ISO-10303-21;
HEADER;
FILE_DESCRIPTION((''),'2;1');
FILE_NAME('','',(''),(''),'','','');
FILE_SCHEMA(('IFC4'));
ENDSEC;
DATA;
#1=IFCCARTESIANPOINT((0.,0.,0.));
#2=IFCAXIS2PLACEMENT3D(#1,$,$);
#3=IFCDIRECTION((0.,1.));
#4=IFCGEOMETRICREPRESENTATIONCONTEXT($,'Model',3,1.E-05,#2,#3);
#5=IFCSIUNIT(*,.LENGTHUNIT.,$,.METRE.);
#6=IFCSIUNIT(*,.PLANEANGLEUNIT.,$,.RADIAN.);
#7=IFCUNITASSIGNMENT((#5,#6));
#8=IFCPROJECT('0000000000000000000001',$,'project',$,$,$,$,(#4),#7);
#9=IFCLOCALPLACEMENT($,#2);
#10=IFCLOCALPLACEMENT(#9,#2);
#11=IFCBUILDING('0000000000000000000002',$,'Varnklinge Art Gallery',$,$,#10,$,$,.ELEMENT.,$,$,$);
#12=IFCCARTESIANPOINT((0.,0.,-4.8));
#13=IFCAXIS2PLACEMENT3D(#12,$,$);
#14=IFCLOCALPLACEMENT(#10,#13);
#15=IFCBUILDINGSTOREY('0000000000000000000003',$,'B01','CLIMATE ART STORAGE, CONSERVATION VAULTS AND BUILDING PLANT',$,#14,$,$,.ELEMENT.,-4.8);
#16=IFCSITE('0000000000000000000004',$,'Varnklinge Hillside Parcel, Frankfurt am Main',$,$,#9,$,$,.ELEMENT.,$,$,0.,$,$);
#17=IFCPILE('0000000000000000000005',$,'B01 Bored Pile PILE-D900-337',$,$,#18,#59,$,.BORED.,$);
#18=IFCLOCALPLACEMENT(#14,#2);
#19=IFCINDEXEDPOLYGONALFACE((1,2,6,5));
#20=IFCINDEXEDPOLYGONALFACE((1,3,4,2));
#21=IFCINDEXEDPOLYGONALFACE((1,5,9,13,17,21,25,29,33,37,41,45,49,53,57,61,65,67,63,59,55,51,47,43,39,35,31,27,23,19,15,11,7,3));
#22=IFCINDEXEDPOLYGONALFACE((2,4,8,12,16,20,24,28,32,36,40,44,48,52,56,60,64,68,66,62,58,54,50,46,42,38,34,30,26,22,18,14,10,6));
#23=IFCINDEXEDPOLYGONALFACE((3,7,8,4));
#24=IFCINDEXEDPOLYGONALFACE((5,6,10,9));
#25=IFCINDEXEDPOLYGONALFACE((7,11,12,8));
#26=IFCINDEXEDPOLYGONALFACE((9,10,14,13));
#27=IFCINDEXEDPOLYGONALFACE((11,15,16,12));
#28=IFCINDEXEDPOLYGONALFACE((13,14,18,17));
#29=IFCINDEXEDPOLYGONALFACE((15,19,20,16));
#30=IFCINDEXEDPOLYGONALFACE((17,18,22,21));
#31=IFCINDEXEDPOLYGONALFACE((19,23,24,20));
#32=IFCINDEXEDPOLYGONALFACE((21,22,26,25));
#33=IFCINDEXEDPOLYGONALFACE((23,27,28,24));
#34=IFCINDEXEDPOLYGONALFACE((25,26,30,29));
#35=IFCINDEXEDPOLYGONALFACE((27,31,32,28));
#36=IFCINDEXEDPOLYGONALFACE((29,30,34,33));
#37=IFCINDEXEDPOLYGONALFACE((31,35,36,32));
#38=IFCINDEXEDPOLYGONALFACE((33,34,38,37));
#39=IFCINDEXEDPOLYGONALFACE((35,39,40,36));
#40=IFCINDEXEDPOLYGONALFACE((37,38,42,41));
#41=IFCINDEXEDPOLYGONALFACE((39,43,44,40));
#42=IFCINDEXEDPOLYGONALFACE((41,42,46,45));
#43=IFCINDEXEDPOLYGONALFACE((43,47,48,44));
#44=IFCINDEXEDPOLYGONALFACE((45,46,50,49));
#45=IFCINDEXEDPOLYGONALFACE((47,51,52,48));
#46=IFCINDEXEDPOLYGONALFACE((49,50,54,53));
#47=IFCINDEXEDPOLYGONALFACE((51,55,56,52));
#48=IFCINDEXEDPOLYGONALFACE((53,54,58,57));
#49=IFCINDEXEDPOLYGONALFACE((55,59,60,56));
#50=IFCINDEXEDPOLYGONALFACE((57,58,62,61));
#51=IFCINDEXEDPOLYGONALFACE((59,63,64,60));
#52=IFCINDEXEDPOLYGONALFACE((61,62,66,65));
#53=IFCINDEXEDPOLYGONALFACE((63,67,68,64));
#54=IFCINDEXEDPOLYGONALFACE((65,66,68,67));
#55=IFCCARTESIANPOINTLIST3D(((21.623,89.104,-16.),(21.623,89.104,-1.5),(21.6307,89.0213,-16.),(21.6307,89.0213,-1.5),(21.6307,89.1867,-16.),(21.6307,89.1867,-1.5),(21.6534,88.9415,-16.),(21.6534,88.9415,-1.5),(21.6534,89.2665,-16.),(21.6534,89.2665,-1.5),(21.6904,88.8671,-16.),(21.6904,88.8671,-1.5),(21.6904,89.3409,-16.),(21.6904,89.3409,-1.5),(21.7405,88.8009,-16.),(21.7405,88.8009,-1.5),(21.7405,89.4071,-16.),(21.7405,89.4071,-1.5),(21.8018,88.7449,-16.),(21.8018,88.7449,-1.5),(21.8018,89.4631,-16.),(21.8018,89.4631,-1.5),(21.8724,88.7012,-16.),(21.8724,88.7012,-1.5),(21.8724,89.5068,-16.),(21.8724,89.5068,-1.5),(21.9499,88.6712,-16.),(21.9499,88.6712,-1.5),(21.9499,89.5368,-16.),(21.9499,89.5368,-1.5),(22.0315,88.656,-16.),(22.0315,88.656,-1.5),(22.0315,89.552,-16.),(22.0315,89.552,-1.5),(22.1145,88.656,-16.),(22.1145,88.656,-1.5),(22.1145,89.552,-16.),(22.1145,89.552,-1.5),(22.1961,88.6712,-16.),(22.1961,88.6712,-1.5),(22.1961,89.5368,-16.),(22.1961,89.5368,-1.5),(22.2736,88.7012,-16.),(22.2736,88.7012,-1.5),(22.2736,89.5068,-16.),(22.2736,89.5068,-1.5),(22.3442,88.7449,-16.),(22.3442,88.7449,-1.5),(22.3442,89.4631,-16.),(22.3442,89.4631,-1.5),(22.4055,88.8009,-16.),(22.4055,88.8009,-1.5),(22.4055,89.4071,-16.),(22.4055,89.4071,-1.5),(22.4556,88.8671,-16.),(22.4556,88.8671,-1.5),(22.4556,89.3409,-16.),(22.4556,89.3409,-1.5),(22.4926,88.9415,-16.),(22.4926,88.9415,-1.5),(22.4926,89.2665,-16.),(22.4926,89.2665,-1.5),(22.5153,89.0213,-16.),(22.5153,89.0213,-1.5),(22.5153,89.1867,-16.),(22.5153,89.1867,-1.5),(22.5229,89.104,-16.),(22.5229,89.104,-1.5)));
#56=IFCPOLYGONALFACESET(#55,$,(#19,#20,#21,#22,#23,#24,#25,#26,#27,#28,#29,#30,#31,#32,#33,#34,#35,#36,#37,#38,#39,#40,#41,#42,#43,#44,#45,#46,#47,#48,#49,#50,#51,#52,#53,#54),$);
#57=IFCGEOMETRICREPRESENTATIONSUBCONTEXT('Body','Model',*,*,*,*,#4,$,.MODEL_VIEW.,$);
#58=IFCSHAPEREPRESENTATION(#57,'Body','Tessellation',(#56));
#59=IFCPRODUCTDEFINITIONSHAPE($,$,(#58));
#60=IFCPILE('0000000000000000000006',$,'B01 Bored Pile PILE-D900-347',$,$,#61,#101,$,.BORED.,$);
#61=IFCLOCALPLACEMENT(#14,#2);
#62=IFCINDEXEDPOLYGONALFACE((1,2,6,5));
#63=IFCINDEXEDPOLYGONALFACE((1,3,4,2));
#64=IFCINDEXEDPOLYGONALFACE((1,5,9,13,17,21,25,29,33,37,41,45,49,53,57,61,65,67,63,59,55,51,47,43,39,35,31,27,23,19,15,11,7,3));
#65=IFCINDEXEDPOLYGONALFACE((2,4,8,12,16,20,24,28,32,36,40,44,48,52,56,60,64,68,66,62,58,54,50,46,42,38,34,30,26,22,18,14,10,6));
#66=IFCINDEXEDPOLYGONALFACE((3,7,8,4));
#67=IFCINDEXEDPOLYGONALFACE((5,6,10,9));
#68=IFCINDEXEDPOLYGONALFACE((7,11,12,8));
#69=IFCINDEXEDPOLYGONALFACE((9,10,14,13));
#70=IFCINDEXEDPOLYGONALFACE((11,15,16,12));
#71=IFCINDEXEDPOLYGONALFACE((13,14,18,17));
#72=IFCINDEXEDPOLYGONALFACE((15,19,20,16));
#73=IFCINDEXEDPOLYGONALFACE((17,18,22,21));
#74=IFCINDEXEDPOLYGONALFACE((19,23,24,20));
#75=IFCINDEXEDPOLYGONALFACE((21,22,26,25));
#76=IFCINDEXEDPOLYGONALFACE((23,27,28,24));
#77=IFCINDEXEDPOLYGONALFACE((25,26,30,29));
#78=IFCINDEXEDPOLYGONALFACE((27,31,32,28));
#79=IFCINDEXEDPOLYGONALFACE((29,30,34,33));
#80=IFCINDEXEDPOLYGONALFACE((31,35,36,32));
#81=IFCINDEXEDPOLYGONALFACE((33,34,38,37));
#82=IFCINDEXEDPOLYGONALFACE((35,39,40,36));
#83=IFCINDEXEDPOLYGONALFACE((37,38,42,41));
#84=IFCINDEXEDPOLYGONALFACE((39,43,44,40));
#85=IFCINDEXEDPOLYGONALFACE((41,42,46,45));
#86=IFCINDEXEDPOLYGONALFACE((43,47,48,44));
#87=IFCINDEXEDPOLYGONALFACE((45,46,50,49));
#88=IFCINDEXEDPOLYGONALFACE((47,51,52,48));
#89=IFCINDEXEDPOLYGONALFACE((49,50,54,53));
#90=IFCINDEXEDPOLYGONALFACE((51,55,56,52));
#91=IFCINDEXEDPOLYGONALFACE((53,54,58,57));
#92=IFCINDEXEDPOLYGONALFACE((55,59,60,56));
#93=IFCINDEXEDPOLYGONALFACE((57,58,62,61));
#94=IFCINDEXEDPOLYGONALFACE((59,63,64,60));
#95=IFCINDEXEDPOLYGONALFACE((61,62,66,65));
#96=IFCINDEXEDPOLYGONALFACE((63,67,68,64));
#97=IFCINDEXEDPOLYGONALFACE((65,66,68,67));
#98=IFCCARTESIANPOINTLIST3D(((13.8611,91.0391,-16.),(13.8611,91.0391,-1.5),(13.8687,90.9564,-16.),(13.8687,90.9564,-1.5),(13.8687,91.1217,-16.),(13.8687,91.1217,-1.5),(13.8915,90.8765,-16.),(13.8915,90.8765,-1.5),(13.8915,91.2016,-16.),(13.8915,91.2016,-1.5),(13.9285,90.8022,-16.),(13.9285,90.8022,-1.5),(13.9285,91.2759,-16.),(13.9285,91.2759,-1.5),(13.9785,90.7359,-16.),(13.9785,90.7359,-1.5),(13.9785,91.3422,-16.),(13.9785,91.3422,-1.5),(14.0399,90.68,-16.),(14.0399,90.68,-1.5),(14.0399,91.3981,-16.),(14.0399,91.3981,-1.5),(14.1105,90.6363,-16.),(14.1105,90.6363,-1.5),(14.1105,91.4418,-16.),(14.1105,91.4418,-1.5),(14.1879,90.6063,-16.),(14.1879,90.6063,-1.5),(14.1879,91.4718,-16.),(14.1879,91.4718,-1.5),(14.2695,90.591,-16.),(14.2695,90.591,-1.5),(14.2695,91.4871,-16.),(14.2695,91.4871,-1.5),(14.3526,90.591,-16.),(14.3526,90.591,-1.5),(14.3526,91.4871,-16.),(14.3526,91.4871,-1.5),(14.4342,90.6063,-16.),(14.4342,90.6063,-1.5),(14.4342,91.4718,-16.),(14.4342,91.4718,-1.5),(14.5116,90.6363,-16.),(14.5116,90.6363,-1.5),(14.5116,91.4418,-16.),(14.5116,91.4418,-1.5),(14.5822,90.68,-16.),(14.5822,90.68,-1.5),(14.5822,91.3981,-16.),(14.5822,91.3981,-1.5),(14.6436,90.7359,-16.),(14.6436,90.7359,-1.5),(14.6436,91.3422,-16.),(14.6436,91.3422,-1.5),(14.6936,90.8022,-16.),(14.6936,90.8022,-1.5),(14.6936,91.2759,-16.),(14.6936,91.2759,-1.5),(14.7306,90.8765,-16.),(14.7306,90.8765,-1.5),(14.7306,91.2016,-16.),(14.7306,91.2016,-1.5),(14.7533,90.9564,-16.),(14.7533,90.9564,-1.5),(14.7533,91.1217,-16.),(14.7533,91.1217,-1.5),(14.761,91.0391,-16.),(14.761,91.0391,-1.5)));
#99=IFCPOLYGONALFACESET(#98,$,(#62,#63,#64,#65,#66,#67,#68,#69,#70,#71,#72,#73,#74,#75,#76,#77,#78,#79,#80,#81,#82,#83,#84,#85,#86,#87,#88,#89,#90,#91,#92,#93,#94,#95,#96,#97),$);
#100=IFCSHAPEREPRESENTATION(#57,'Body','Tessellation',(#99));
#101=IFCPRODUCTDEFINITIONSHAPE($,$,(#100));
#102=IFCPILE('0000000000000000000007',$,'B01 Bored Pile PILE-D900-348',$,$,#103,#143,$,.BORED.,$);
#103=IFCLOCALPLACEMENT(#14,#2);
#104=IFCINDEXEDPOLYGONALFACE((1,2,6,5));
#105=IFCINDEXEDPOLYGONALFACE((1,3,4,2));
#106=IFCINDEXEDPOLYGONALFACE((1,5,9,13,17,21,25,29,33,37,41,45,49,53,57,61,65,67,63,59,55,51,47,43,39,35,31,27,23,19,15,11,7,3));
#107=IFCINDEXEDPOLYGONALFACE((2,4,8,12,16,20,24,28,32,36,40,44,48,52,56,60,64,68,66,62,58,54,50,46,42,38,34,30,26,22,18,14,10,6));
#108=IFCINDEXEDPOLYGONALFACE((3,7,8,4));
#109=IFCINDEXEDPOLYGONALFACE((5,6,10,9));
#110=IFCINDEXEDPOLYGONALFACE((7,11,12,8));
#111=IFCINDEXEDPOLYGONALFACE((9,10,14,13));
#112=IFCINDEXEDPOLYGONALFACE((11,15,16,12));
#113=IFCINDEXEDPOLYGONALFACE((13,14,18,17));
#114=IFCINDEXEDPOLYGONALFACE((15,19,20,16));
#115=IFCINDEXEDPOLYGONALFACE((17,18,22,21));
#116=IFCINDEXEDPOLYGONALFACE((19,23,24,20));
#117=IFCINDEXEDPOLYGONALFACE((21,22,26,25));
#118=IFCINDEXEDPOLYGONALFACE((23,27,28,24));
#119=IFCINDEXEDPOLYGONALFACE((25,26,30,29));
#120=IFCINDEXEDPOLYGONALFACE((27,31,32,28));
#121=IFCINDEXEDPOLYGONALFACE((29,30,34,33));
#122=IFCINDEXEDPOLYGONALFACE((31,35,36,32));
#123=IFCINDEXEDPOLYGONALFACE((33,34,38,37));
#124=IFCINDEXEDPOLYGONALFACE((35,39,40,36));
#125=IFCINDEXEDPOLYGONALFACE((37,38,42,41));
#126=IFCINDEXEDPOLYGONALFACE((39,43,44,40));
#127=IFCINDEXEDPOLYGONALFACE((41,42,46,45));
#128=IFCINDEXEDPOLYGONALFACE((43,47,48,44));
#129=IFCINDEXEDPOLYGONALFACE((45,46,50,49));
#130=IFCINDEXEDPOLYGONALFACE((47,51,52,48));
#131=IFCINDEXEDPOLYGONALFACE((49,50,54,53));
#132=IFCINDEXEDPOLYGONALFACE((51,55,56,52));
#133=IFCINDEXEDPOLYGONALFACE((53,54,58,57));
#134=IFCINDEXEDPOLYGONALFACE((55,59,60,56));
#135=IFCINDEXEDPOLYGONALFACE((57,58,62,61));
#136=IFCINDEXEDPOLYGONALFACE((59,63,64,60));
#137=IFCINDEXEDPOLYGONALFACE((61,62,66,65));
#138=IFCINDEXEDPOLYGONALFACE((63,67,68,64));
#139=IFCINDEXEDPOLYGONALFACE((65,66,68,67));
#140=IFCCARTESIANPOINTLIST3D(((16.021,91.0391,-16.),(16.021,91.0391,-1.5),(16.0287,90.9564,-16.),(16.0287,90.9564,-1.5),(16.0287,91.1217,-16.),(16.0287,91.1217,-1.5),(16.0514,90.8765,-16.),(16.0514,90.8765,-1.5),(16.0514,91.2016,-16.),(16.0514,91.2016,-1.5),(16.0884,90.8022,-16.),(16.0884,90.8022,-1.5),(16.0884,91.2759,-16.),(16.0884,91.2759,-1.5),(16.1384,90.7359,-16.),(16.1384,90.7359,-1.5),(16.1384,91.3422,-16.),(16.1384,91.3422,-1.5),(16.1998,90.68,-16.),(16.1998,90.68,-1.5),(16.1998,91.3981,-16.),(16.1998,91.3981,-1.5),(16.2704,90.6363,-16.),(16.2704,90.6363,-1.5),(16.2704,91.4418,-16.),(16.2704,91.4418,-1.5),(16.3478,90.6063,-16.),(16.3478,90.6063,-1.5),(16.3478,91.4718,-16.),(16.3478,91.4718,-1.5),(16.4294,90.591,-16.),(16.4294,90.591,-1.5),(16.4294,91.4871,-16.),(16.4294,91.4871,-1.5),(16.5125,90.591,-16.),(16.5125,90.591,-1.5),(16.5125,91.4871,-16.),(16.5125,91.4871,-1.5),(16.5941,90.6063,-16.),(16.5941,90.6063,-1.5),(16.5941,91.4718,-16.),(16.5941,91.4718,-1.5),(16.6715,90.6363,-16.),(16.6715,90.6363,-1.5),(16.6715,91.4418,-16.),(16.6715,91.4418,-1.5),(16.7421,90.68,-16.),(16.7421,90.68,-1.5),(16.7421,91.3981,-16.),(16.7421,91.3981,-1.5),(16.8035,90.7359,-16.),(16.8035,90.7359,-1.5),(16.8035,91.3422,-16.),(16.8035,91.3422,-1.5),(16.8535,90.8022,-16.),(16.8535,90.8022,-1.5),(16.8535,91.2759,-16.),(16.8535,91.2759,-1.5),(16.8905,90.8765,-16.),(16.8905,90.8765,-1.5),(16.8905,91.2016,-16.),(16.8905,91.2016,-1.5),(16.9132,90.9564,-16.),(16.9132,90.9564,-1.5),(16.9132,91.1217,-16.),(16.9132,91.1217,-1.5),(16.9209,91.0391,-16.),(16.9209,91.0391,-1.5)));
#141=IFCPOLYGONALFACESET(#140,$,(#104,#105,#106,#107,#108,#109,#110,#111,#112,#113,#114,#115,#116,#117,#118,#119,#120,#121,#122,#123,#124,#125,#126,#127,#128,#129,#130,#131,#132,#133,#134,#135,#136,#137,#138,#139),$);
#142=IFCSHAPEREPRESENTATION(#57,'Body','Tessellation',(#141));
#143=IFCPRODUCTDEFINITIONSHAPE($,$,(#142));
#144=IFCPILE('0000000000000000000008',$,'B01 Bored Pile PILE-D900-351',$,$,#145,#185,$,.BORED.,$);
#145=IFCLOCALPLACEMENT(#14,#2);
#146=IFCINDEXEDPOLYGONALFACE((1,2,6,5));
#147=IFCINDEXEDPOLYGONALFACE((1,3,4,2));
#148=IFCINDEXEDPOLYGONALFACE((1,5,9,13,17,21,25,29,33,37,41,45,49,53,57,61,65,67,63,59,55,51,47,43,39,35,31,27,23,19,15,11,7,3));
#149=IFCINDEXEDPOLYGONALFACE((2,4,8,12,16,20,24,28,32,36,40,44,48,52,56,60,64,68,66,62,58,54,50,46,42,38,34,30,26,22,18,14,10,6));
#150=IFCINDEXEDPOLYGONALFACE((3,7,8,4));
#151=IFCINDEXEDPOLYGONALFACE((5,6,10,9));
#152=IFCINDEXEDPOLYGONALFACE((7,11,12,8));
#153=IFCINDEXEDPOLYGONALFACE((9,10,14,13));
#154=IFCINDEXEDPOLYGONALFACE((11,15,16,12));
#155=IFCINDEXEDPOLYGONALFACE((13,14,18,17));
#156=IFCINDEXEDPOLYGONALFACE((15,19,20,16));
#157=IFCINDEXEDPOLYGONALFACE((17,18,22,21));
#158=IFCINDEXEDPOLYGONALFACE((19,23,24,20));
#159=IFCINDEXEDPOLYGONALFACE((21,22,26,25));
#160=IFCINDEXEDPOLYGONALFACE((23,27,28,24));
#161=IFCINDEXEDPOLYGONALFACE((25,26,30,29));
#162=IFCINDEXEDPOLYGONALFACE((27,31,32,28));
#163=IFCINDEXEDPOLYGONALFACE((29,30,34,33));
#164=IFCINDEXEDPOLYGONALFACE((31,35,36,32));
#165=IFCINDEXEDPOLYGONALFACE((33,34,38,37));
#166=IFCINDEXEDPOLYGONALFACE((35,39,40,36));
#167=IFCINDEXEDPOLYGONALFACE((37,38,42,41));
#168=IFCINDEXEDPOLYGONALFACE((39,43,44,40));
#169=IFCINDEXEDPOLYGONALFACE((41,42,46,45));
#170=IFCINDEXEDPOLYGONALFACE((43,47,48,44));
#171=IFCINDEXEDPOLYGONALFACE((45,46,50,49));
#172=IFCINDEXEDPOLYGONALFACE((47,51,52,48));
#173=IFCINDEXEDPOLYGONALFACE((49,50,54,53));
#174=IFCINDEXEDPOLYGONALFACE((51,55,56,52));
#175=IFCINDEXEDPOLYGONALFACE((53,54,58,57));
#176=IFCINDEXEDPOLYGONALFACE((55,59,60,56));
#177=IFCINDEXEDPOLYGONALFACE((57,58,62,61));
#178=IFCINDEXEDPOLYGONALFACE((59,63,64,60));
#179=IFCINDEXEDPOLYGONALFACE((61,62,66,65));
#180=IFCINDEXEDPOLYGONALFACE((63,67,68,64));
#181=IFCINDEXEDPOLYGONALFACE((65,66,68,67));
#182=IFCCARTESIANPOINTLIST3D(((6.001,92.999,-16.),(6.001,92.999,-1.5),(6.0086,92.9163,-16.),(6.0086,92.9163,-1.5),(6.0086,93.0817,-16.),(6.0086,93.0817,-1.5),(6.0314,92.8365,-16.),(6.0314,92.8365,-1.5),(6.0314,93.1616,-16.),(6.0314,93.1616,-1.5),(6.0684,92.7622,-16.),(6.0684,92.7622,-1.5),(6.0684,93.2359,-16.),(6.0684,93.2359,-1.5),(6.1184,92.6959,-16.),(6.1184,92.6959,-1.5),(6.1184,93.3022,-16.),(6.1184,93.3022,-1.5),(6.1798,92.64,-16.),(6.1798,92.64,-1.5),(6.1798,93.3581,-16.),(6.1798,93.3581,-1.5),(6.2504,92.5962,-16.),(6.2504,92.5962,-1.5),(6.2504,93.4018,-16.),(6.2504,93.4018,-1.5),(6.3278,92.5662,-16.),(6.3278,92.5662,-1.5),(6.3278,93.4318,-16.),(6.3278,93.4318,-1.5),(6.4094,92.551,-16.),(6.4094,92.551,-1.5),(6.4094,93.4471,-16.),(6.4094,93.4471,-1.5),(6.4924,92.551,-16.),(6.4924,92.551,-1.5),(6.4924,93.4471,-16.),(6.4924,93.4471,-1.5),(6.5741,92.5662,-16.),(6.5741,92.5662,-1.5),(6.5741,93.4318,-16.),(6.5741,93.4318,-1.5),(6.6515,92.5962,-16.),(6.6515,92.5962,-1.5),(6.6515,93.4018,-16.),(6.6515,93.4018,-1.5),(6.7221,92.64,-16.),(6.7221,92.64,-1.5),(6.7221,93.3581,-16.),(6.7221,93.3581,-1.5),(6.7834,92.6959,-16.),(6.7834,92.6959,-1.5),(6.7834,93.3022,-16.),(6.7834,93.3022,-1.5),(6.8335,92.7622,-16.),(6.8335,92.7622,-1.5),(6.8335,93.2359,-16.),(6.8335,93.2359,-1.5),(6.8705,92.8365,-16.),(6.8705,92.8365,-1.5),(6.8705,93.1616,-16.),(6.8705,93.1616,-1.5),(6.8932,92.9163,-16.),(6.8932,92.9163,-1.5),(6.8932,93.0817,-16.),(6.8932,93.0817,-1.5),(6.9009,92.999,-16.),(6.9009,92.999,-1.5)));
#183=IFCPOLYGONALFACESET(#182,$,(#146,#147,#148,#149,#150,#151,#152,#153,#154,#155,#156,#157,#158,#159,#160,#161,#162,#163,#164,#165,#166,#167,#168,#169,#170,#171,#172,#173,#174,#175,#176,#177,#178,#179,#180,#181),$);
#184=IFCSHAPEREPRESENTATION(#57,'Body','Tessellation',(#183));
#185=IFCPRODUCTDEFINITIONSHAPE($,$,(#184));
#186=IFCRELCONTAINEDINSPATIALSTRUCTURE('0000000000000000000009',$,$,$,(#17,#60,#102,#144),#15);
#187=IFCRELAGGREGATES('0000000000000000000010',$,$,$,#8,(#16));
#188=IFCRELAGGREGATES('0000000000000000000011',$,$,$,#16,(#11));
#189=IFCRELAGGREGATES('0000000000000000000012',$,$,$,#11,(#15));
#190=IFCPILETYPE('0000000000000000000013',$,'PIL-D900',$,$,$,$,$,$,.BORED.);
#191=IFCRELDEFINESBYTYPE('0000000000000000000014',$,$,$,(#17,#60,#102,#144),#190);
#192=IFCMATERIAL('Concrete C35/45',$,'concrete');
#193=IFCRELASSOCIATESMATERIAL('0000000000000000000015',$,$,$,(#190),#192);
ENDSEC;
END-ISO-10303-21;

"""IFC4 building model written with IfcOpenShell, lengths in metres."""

from ifc_helpers import new_model, si_unit, direction, frame, origin, origin_2d, place, context, subcontext, project, spatial, circle, extrude, material, material_profile, profile_set, type_object, element, save


model = new_model("IFC4")

# Units and contexts
model_context = context("Model", 3, precision=1e-05, world=origin(), true_north=direction((0.0, 1.0)))
body_context = subcontext(model_context, "Body", "Model", "MODEL_VIEW")
ifc_project = project(units=[si_unit("LENGTHUNIT", "METRE"), si_unit("PLANEANGLEUNIT", "RADIAN")], contexts=[model_context])

# Site, building, storey
site_placement = place(None, origin())
site = spatial("IfcSite", under=ifc_project, at=site_placement, Name="Varnklinge Hillside Parcel, Frankfurt am Main", CompositionType="ELEMENT", RefElevation=0.0)
building_placement = place(site_placement, origin())
building = spatial("IfcBuilding", under=site, at=building_placement, Name="Varnklinge Art Gallery", CompositionType="ELEMENT")
storey_placement = place(building_placement, frame((0.0, 0.0, -4.8)))
storey = spatial("IfcBuildingStorey", under=building, at=storey_placement, Name="B01", Description="CLIMATE ART STORAGE, CONSERVATION VAULTS AND BUILDING PLANT", CompositionType="ELEMENT", Elevation=-4.8)

# Piles
ifc_material_1 = material(Name="Concrete C35/45", Category="concrete")
ifc_material_profile_1 = material_profile(ifc_material_1, circle(Radius=0.45, at=origin_2d()), Name="PILE D900")
ifc_profile_set_1 = profile_set([ifc_material_profile_1], Name="Concrete C35/45")
pile_type = type_object("IfcPileType", Name="PIL-D900", PredefinedType="BORED", material=ifc_profile_set_1)
for number, where, z_axis, x_axis, name in (
    (1, (22.073, 89.104, -1.5), (0.0, 0.0, -1.0), (1.0, 0.0, 0.0), "B01 Bored Pile PILE-D900-337"),
    (2, (14.311, 91.0391, -1.5), (0.0, 0.0, -1.0), (1.0, 0.0, 0.0), "B01 Bored Pile PILE-D900-347"),
    (3, (16.4709, 91.0391, -1.5), (0.0, 0.0, -1.0), (1.0, 0.0, 0.0), "B01 Bored Pile PILE-D900-348"),
    (4, (6.4509, 92.999, -1.5), (0.0, 0.0, -1.0), (1.0, 0.0, 0.0), "B01 Bored Pile PILE-D900-351"),
):
    element("IfcPile", number, at=place(storey_placement, frame(where, z_axis=z_axis, x_axis=x_axis)), inside=storey, type_object=pile_type, Name=name, PredefinedType="BORED", context=body_context, shape_type="SweptSolid", body=[
        extrude(circle(Radius=0.45, at=origin_2d()), origin(), (0.0, 0.0, 1.0), 14.5),
    ])

save(model, "model.ifc")
